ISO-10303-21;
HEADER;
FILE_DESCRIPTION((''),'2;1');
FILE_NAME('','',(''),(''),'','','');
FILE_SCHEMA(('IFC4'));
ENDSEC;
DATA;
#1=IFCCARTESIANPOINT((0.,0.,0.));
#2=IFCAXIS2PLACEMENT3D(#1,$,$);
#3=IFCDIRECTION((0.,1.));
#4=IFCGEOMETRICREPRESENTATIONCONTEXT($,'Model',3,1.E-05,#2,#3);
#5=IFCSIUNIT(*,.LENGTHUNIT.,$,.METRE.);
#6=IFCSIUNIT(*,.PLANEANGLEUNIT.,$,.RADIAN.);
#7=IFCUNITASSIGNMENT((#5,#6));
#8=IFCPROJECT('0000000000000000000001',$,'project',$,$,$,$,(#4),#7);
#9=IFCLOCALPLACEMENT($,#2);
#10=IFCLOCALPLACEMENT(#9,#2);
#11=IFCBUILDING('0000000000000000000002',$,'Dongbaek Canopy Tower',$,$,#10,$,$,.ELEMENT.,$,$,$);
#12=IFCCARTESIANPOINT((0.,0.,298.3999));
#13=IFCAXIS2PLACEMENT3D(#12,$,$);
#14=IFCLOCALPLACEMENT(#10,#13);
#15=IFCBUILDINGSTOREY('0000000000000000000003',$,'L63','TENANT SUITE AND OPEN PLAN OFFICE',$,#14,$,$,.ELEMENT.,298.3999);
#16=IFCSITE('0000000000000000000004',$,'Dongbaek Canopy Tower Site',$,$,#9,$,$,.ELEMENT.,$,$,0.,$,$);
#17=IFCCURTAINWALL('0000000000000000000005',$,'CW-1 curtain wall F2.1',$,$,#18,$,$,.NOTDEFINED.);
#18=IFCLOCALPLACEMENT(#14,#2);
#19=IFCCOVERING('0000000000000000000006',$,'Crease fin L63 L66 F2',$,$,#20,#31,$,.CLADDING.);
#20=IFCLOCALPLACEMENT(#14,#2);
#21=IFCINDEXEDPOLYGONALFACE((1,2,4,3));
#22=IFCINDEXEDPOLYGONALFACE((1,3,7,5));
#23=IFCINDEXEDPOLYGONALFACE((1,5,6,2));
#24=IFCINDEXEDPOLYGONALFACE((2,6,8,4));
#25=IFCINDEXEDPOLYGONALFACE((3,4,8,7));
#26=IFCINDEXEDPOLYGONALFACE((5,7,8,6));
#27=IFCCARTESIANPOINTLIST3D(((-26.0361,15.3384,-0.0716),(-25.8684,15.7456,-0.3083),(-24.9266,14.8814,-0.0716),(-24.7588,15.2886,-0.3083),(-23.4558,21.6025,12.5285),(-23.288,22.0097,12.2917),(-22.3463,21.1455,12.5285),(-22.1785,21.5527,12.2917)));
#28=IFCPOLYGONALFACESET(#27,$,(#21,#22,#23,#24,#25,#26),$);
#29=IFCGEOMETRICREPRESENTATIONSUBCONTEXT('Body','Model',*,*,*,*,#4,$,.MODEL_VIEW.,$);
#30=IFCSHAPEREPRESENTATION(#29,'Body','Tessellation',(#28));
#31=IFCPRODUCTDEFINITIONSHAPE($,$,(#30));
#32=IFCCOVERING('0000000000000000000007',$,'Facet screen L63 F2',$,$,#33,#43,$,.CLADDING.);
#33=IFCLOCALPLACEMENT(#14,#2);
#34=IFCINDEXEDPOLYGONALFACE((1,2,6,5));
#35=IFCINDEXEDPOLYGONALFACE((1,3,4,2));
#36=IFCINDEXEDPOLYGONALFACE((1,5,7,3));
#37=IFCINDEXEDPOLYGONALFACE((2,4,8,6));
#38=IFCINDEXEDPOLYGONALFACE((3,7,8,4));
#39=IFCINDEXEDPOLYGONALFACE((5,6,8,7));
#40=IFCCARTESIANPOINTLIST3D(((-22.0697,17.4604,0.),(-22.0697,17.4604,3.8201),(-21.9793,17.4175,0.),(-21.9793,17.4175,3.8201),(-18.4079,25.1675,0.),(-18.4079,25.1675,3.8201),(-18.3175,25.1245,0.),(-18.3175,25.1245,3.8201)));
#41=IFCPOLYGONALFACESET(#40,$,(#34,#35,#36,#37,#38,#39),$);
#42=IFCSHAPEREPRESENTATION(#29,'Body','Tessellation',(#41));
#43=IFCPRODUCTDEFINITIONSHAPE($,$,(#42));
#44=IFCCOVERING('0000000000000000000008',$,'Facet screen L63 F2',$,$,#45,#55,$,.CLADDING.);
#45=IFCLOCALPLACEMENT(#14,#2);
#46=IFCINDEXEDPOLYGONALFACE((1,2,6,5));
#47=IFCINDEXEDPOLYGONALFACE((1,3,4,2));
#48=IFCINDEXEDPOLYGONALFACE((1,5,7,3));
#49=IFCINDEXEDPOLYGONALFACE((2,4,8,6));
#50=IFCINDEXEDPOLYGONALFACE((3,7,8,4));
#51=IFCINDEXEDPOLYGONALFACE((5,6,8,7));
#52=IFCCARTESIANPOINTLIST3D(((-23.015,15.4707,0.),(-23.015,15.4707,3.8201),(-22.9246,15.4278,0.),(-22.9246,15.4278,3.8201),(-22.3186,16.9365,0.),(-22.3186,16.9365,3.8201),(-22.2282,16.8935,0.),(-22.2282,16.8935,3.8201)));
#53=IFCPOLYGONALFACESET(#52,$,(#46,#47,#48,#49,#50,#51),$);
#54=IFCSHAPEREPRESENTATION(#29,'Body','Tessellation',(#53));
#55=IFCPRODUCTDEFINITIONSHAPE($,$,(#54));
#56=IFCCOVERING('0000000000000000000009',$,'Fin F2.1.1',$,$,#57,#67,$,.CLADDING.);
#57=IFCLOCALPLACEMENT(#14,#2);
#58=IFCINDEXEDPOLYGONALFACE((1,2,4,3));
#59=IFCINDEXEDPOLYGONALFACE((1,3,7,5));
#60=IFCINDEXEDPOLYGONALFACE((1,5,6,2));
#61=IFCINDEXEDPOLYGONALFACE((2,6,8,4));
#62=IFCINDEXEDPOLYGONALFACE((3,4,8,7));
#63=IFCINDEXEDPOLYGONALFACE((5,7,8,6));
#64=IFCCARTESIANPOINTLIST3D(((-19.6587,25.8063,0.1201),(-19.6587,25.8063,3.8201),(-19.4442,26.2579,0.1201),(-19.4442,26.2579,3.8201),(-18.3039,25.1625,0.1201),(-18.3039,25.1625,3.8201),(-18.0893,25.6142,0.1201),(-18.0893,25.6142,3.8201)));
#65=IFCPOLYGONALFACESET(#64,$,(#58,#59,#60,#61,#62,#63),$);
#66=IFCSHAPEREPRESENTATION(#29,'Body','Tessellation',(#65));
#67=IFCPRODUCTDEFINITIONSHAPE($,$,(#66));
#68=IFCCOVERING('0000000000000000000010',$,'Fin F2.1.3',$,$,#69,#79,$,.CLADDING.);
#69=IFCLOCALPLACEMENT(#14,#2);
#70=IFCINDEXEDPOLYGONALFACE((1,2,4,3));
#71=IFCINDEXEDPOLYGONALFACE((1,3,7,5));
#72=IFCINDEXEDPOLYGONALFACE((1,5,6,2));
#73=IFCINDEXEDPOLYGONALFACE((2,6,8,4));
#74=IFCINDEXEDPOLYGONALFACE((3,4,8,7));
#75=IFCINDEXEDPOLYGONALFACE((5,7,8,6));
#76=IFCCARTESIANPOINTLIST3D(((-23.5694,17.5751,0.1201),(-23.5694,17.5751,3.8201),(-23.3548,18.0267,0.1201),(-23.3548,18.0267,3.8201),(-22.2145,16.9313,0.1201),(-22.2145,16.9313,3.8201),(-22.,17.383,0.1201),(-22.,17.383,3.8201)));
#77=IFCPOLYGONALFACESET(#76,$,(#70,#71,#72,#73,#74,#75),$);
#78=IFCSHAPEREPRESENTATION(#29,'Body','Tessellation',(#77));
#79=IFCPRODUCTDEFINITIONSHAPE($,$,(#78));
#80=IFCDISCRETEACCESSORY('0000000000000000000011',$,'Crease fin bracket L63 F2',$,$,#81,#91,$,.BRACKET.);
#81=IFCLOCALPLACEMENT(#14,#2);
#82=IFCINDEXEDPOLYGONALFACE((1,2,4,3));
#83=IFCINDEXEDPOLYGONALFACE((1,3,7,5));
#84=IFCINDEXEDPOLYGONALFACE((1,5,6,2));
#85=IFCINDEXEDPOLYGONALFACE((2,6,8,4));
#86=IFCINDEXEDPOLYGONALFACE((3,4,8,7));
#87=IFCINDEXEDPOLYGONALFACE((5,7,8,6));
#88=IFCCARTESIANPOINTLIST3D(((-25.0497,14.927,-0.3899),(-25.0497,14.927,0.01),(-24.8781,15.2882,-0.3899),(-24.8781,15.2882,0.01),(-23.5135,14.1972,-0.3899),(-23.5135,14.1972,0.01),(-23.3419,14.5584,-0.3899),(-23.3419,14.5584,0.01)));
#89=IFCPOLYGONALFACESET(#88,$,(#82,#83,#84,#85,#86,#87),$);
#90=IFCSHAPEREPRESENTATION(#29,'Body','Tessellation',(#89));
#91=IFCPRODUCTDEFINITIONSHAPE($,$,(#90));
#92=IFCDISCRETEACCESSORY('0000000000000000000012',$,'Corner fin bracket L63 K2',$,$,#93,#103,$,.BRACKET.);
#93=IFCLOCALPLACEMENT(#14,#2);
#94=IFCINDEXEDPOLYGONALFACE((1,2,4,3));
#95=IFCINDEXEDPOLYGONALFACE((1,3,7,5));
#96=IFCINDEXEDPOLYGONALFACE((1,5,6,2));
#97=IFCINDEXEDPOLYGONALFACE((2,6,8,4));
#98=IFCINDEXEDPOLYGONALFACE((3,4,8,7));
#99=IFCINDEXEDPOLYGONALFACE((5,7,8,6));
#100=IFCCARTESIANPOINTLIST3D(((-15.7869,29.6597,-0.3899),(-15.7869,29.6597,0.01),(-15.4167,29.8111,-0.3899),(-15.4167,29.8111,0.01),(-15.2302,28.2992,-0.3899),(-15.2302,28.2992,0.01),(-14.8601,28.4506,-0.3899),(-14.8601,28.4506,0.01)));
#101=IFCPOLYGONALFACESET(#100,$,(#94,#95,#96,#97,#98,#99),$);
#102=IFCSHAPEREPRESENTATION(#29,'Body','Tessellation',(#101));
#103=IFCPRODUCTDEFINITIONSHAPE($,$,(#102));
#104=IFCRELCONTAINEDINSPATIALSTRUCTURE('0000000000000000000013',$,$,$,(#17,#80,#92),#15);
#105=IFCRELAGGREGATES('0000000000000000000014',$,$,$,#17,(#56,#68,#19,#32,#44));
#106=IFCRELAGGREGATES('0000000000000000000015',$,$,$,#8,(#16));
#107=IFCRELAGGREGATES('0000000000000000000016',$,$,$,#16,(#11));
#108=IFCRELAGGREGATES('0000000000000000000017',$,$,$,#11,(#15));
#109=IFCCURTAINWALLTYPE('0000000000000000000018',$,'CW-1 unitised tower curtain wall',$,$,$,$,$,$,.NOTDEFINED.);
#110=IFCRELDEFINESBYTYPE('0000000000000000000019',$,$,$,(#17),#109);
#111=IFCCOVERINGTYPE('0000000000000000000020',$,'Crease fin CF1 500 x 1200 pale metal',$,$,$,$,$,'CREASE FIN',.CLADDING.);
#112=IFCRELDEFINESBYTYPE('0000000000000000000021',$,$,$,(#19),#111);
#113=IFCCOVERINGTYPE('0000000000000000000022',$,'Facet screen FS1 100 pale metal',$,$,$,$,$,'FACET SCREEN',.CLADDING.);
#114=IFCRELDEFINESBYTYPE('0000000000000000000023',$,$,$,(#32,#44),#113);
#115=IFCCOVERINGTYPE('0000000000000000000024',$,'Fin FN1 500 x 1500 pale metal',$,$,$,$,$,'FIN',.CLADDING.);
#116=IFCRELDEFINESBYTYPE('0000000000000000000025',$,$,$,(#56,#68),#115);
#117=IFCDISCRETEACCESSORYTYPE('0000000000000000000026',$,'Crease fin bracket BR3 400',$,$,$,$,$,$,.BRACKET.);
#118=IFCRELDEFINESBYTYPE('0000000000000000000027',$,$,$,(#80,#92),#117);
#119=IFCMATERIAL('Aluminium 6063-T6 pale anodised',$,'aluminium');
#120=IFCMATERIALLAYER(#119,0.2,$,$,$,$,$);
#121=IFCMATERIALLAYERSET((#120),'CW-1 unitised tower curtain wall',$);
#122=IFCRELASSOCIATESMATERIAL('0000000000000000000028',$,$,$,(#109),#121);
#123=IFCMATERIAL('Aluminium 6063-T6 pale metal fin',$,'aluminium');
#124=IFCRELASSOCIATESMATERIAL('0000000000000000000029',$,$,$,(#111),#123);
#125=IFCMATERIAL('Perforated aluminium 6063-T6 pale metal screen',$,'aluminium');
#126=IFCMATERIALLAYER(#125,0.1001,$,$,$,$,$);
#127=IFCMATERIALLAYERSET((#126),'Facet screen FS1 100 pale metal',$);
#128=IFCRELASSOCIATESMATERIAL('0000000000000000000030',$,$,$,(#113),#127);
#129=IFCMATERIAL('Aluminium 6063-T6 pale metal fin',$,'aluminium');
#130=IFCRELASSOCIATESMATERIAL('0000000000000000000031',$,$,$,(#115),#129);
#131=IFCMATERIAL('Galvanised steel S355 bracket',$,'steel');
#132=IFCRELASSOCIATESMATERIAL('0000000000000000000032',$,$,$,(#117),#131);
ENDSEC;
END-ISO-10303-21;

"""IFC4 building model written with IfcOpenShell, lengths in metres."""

from ifc_helpers import new_model, si_unit, direction, frame, origin, origin_2d, place, context, subcontext, project, spatial, rectangle, extrude, material, layer, layer_set, material_profile, profile_set, type_object, element, aggregate, save


model = new_model("IFC4")

# Units and contexts
model_context = context("Model", 3, precision=1e-05, world=origin(), true_north=direction((0.0, 1.0)))
body_context = subcontext(model_context, "Body", "Model", "MODEL_VIEW")
ifc_project = project(units=[si_unit("LENGTHUNIT", "METRE"), si_unit("PLANEANGLEUNIT", "RADIAN")], contexts=[model_context])

# Site, building, storey
site_placement = place(None, origin())
site = spatial("IfcSite", under=ifc_project, at=site_placement, Name="Dongbaek Canopy Tower Site", CompositionType="ELEMENT", RefElevation=0.0)
building_placement = place(site_placement, origin())
building = spatial("IfcBuilding", under=site, at=building_placement, Name="Dongbaek Canopy Tower", CompositionType="ELEMENT")
storey_placement = place(building_placement, frame((0.0, 0.0, 298.3999)))
storey = spatial("IfcBuildingStorey", under=building, at=storey_placement, Name="L63", Description="TENANT SUITE AND OPEN PLAN OFFICE", CompositionType="ELEMENT", Elevation=298.3999)

# Curtain wall
ifc_material_1 = material(Name="Aluminium 6063-T6 pale anodised", Category="aluminium")
ifc_layer_1 = layer(ifc_material_1, 0.2)
ifc_layer_set_1 = layer_set([ifc_layer_1], Name="CW-1 unitised tower curtain wall")
curtain_wall_type = type_object("IfcCurtainWallType", Name="CW-1 unitised tower curtain wall", PredefinedType="NOTDEFINED", material=ifc_layer_set_1)
curtain_wall_1_placement = place(storey_placement, origin())
curtain_wall_1 = element("IfcCurtainWall", 1, at=curtain_wall_1_placement, inside=storey, type_object=curtain_wall_type, Name="CW-1 curtain wall F2.1", PredefinedType="NOTDEFINED")

# Coverings
ifc_material_2 = material(Name="Aluminium 6063-T6 pale metal fin", Category="aluminium")
ifc_material_profile_1 = material_profile(ifc_material_2, rectangle(XDim=1.2, YDim=0.5, at=origin_2d()), Name="Crease fin CF1 500 x 1200 pale metal")
ifc_profile_set_1 = profile_set([ifc_material_profile_1], Name="Aluminium 6063-T6 pale metal fin")
covering_type_1 = type_object("IfcCoveringType", Name="Crease fin CF1 500 x 1200 pale metal", ElementType="CREASE FIN", PredefinedType="CLADDING", material=ifc_profile_set_1)
covering_1_placement = place(storey_placement, frame((-25.3975, 15.3135, -0.1899), z_axis=(0.180367, 0.437871, 0.880759), x_axis=(-0.924628, 0.380871, 0.0)))
covering_1 = element("IfcCovering", 2, at=covering_1_placement, type_object=covering_type_1, Name="Crease fin L63 L66 F2", PredefinedType="CLADDING", context=body_context, shape_type="SweptSolid", body=[
    extrude(rectangle(XDim=1.2, YDim=0.5, at=origin_2d()), origin(), (0.0, 0.0, 1.0), 14.3059),
])
ifc_material_3 = material(Name="Perforated aluminium 6063-T6 pale metal screen", Category="aluminium")
ifc_layer_2 = layer(ifc_material_3, 0.1001)
ifc_layer_set_2 = layer_set([ifc_layer_2], Name="Facet screen FS1 100 pale metal")
covering_type_2 = type_object("IfcCoveringType", Name="Facet screen FS1 100 pale metal", ElementType="FACET SCREEN", PredefinedType="CLADDING", material=ifc_layer_set_2)
covering_2_placement = place(storey_placement, frame((-20.1936, 21.2925, 0.0), z_axis=(0.0, 0.0, 1.0), x_axis=(-0.429143, -0.903236, 0.0)))
covering_2 = element("IfcCovering", 3, at=covering_2_placement, type_object=covering_type_2, Name="Facet screen L63 F2", PredefinedType="CLADDING", context=body_context, shape_type="SweptSolid", body=[
    extrude(rectangle(XDim=8.5327, YDim=0.1001, at=origin_2d()), origin(), (0.0, 0.0, 1.0), 3.8201),
])
covering_3_placement = place(storey_placement, frame((-22.6216, 16.1821, 0.0), z_axis=(0.0, 0.0, 1.0), x_axis=(-0.429143, -0.903236, 0.0)))
covering_3 = element("IfcCovering", 4, at=covering_3_placement, type_object=covering_type_2, Name="Facet screen L63 F2", PredefinedType="CLADDING", context=body_context, shape_type="SweptSolid", body=[
    extrude(rectangle(XDim=1.6228, YDim=0.1001, at=origin_2d()), origin(), (0.0, 0.0, 1.0), 3.8201),
])
ifc_material_4 = material(Name="Aluminium 6063-T6 pale metal fin", Category="aluminium")
ifc_material_profile_2 = material_profile(ifc_material_4, rectangle(XDim=1.5, YDim=0.5, at=origin_2d()), Name="Fin FN1 500 x 1500 pale metal")
ifc_profile_set_2 = profile_set([ifc_material_profile_2], Name="Aluminium 6063-T6 pale metal fin")
covering_type_3 = type_object("IfcCoveringType", Name="Fin FN1 500 x 1500 pale metal", ElementType="FIN", PredefinedType="CLADDING", material=ifc_profile_set_2)
covering_4_placement = place(storey_placement, frame((-18.874, 25.7102, 0.1201), z_axis=(0.0, 0.0, 1.0), x_axis=(-0.903236, 0.429143, 0.0)))
covering_4 = element("IfcCovering", 5, at=covering_4_placement, type_object=covering_type_3, Name="Fin F2.1.1", PredefinedType="CLADDING", context=body_context, shape_type="SweptSolid", body=[
    extrude(rectangle(XDim=1.5, YDim=0.5, at=origin_2d()), origin(), (0.0, 0.0, 1.0), 3.7),
])
covering_5_placement = place(storey_placement, frame((-22.7847, 17.479, 0.1201), z_axis=(0.0, 0.0, 1.0), x_axis=(-0.903236, 0.429143, 0.0)))
covering_5 = element("IfcCovering", 6, at=covering_5_placement, type_object=covering_type_3, Name="Fin F2.1.3", PredefinedType="CLADDING", context=body_context, shape_type="SweptSolid", body=[
    extrude(rectangle(XDim=1.5, YDim=0.5, at=origin_2d()), origin(), (0.0, 0.0, 1.0), 3.7),
])
aggregate(curtain_wall_1, [covering_4, covering_5, covering_1, covering_2, covering_3])

# Discrete accessories
ifc_material_5 = material(Name="Galvanised steel S355 bracket", Category="steel")
discrete_accessory_type = type_object("IfcDiscreteAccessoryType", Name="Crease fin bracket BR3 400", PredefinedType="BRACKET", material=ifc_material_5)
discrete_accessory_1_placement = place(storey_placement, frame((-24.1958, 14.7427, -0.3899), z_axis=(0.0, 0.0, 1.0), x_axis=(-0.903236, 0.429143, 0.0)))
element("IfcDiscreteAccessory", 7, at=discrete_accessory_1_placement, inside=storey, type_object=discrete_accessory_type, Name="Crease fin bracket L63 F2", PredefinedType="BRACKET", context=body_context, shape_type="SweptSolid", body=[
    extrude(rectangle(XDim=1.7007, YDim=0.3999, at=origin_2d()), origin(), (0.0, 0.0, 1.0), 0.3999),
])
discrete_accessory_2_placement = place(storey_placement, frame((-15.3235, 29.0552, -0.3899), z_axis=(0.0, 0.0, 1.0), x_axis=(-0.378666, 0.925533, 0.0)))
element("IfcDiscreteAccessory", 8, at=discrete_accessory_2_placement, inside=storey, type_object=discrete_accessory_type, Name="Corner fin bracket L63 K2", PredefinedType="BRACKET", context=body_context, shape_type="SweptSolid", body=[
    extrude(rectangle(XDim=1.47, YDim=0.3999, at=origin_2d()), origin(), (0.0, 0.0, 1.0), 0.3999),
])

save(model, "model.ifc")
